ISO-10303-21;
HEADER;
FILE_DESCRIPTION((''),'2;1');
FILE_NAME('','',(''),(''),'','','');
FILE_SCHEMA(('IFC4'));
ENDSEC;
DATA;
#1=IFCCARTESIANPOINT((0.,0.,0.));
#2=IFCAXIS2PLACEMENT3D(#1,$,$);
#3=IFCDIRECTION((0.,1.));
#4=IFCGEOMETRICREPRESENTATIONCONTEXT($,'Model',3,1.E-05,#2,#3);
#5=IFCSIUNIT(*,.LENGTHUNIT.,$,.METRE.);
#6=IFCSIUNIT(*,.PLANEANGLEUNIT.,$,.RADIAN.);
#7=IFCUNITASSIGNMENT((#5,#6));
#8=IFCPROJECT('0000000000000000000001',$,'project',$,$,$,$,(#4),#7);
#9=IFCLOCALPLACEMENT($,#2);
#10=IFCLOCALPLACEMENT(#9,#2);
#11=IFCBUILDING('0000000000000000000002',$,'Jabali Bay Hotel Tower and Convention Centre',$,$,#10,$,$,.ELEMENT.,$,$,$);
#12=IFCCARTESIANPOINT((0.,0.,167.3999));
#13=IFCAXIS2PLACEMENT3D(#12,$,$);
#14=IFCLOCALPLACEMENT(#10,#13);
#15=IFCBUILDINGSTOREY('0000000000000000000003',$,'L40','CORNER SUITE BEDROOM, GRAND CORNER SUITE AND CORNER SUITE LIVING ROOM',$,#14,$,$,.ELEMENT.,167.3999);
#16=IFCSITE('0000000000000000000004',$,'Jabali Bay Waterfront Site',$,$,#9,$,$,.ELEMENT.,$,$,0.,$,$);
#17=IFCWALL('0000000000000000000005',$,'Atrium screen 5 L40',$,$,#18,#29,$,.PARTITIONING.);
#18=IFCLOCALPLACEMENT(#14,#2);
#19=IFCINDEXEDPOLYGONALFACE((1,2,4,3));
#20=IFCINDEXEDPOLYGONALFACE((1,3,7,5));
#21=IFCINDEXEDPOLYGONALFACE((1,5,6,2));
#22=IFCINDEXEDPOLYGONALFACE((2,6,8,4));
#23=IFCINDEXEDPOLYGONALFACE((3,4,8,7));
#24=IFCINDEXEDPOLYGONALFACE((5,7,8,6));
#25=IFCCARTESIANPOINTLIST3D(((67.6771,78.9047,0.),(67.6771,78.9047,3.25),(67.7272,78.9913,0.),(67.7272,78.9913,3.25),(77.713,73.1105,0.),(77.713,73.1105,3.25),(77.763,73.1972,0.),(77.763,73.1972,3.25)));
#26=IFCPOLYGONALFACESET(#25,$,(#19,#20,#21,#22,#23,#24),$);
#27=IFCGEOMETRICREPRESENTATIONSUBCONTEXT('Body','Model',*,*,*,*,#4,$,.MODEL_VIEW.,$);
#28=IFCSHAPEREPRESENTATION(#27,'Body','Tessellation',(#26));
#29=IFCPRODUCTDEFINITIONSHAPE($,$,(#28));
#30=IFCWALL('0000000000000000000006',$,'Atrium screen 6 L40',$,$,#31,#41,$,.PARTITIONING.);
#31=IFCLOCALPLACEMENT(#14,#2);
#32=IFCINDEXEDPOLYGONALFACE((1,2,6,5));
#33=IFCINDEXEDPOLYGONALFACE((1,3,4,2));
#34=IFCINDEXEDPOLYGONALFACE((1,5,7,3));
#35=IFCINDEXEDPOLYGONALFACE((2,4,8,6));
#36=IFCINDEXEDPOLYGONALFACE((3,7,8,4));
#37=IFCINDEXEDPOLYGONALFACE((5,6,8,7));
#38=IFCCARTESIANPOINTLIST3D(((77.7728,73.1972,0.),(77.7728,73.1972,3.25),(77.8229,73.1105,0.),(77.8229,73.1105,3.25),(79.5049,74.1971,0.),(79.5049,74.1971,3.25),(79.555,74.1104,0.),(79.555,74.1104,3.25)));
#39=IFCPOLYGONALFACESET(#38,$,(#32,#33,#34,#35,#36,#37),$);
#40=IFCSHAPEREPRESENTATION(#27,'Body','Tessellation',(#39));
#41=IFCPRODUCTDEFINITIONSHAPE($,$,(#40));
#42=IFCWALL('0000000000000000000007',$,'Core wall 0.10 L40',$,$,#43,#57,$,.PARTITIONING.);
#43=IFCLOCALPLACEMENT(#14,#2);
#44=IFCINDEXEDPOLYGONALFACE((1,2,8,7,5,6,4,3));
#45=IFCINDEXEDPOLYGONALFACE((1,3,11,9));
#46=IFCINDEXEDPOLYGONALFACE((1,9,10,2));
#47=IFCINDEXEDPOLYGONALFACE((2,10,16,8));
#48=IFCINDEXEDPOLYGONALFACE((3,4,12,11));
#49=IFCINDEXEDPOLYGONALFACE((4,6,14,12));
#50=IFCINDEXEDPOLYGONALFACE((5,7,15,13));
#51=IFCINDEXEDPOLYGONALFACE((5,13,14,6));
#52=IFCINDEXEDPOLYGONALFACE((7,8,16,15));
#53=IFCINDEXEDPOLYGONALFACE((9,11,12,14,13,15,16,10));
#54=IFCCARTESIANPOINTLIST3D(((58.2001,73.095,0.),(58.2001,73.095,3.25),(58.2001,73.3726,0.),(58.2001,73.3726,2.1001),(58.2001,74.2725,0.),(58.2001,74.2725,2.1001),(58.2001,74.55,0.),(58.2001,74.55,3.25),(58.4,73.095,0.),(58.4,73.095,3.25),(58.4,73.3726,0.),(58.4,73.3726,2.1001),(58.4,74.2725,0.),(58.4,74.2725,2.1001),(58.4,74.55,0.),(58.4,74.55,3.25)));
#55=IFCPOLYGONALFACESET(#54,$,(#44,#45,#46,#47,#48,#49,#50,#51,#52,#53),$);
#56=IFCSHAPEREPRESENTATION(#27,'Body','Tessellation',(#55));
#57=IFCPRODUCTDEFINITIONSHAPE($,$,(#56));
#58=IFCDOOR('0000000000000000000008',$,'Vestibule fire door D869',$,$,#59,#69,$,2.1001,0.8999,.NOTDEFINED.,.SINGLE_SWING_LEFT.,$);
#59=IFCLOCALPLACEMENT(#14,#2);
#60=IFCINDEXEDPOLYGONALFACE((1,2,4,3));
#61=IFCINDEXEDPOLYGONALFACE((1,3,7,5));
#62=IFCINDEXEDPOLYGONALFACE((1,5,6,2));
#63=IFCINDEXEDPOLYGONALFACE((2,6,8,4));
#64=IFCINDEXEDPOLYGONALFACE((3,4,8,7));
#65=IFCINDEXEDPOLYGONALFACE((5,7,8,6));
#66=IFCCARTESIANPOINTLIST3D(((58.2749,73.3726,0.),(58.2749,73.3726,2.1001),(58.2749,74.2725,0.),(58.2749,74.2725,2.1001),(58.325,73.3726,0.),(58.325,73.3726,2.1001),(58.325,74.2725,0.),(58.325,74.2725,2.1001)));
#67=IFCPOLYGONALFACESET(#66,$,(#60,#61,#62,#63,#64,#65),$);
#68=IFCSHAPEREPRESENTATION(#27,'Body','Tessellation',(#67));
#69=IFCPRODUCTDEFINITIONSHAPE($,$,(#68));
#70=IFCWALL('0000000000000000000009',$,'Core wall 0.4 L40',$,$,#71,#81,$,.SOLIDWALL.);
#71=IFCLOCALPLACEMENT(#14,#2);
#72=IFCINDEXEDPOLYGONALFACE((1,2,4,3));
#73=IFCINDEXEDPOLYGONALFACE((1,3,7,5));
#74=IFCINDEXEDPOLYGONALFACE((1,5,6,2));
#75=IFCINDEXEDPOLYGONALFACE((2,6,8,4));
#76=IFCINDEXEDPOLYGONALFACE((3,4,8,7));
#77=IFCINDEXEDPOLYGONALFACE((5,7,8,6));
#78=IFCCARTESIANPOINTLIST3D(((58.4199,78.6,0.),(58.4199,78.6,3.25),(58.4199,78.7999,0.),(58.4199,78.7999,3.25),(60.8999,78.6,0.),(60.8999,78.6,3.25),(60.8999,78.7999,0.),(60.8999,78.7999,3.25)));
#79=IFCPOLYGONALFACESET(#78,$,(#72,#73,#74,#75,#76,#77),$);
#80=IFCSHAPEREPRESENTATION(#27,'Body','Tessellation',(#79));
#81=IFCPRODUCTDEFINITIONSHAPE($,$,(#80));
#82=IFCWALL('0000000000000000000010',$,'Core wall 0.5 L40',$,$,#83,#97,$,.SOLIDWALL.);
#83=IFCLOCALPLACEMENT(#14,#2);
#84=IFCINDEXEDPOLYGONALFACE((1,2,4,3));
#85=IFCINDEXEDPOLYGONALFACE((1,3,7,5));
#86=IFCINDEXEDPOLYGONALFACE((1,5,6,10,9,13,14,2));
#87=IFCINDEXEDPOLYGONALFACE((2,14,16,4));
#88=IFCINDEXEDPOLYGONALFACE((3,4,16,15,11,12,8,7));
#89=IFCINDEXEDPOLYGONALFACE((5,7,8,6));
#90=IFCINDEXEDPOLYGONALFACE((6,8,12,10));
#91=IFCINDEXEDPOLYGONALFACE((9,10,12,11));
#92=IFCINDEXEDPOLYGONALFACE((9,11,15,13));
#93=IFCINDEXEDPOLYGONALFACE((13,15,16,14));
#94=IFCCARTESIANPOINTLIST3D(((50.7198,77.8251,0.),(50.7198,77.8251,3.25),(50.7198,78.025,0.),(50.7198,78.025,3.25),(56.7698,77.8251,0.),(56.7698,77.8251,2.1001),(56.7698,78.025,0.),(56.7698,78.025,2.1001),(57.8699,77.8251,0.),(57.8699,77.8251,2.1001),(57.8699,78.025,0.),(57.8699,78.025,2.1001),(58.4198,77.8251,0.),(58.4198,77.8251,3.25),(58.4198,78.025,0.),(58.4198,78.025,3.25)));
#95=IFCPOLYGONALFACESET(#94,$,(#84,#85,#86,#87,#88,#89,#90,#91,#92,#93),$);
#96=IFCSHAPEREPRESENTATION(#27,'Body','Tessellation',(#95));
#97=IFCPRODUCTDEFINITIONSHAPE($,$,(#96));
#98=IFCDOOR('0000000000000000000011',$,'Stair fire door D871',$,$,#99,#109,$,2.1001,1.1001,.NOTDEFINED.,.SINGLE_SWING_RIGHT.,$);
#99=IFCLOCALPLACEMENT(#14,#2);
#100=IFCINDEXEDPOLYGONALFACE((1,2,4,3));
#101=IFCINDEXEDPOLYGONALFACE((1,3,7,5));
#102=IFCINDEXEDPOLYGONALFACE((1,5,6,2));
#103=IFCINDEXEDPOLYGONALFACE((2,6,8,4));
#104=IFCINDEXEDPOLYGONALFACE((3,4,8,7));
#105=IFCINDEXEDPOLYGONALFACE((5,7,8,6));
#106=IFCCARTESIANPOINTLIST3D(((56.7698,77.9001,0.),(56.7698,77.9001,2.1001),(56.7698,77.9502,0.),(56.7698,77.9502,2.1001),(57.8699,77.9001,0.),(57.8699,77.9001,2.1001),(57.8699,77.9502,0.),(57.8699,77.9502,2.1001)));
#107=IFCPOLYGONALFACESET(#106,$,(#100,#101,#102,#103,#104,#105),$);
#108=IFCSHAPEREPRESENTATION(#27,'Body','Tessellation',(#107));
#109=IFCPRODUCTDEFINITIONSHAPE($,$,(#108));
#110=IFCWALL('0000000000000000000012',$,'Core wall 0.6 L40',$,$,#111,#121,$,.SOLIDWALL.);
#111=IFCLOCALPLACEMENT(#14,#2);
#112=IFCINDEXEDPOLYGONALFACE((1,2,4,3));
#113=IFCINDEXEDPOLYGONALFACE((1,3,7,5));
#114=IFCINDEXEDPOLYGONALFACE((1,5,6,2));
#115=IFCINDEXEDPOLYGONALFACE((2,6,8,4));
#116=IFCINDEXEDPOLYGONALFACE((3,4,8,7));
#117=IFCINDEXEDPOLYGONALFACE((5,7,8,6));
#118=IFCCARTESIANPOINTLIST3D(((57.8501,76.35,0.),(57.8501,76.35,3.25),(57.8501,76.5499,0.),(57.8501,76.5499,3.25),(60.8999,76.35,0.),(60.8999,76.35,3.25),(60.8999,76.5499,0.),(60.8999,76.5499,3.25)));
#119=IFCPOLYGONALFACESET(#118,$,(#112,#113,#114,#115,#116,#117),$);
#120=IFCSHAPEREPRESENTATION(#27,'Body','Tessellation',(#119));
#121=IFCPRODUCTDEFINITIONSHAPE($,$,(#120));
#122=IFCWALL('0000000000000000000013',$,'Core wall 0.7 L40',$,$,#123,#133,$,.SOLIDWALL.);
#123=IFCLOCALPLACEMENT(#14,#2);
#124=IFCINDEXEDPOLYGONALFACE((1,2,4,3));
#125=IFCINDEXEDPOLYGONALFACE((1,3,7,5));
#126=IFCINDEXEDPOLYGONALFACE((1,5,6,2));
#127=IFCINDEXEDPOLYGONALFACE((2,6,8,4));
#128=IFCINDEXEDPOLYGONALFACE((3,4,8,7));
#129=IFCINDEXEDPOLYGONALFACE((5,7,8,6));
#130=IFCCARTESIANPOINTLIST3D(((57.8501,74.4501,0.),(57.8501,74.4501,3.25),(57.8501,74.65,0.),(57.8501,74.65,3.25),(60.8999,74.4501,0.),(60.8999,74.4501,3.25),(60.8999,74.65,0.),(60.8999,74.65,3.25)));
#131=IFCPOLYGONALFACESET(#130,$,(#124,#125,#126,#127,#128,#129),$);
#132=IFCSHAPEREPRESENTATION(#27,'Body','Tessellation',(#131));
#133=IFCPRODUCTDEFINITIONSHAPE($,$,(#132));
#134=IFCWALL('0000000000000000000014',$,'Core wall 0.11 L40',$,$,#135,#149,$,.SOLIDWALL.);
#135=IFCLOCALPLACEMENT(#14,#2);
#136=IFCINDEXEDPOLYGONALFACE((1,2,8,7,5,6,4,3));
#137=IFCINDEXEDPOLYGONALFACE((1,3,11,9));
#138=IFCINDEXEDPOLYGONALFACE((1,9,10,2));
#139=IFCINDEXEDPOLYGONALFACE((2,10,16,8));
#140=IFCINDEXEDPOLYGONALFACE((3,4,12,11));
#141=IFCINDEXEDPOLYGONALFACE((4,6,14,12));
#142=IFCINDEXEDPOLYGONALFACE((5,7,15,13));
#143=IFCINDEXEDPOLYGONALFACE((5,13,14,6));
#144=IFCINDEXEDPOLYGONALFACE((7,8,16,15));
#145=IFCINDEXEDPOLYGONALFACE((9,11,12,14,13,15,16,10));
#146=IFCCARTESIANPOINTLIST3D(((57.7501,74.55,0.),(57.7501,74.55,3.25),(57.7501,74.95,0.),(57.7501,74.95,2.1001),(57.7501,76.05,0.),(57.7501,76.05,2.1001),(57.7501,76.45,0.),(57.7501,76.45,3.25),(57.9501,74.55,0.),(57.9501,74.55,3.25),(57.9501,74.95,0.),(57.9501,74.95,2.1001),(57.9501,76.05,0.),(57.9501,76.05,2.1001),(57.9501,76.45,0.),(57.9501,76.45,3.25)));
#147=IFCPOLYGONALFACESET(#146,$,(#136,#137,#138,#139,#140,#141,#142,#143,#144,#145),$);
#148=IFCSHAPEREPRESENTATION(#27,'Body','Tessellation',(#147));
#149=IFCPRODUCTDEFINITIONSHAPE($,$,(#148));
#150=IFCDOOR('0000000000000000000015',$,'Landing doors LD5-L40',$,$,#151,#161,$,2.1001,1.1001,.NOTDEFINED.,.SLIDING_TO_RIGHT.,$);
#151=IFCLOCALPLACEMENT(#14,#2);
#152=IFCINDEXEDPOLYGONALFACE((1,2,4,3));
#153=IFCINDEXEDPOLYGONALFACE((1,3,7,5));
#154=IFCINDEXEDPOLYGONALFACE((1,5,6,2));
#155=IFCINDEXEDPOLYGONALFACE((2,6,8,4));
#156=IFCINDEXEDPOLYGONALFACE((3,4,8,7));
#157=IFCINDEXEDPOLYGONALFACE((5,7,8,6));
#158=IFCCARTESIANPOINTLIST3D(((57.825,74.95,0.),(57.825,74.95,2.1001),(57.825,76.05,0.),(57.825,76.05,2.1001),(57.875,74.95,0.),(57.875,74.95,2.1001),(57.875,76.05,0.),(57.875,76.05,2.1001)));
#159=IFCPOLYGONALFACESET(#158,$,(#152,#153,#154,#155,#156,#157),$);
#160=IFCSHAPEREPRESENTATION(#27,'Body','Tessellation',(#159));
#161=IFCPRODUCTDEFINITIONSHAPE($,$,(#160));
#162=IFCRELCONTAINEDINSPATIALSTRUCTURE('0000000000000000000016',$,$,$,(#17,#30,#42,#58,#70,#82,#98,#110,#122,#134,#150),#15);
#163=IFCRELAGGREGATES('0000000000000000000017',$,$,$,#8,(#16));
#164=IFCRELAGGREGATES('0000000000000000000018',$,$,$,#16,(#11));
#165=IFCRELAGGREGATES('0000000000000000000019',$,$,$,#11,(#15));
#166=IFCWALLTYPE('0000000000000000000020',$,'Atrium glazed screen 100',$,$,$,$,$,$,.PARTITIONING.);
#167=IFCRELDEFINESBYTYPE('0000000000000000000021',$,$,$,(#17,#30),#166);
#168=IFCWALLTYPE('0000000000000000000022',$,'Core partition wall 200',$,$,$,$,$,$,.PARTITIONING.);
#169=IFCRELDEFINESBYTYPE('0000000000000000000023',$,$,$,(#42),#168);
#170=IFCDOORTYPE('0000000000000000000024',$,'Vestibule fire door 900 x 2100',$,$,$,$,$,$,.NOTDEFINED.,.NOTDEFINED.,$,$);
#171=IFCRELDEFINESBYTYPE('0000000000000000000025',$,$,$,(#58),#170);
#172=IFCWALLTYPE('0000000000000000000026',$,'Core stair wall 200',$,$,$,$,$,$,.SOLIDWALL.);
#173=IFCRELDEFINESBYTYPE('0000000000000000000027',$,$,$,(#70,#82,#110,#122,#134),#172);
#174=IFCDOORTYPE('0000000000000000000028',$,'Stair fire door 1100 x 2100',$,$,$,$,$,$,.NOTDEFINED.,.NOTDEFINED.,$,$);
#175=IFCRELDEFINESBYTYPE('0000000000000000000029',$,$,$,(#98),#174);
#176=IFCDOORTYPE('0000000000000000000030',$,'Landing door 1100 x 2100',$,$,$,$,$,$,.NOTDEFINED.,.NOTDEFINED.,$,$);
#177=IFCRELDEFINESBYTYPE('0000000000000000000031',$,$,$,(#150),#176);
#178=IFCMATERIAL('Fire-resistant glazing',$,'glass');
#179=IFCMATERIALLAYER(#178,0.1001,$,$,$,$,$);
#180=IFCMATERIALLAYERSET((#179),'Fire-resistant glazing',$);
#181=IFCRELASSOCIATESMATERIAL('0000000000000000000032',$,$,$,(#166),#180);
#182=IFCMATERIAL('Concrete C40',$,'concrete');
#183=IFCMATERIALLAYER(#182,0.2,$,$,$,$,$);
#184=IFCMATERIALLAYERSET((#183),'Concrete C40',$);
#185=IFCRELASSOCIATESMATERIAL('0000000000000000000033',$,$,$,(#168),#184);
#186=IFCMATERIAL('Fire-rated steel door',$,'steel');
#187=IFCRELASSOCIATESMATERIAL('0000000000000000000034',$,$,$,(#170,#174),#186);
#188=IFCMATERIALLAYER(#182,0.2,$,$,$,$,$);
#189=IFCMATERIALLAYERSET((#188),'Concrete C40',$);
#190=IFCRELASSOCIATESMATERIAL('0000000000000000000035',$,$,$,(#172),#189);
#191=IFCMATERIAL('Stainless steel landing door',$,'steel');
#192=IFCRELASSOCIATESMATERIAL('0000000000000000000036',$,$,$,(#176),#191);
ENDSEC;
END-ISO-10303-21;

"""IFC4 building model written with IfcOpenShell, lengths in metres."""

from ifc_helpers import new_model, si_unit, direction, frame, frame_2d, origin, place, context, subcontext, project, spatial, rectangle, extrude, material, layer, layer_set, type_object, element, fill, save


model = new_model("IFC4")

# Units and contexts
model_context = context("Model", 3, precision=1e-05, world=origin(), true_north=direction((0.0, 1.0)))
body_context = subcontext(model_context, "Body", "Model", "MODEL_VIEW")
ifc_project = project(units=[si_unit("LENGTHUNIT", "METRE"), si_unit("PLANEANGLEUNIT", "RADIAN")], contexts=[model_context])

# Site, building, storey
site_placement = place(None, origin())
site = spatial("IfcSite", under=ifc_project, at=site_placement, Name="Jabali Bay Waterfront Site", CompositionType="ELEMENT", RefElevation=0.0)
building_placement = place(site_placement, origin())
building = spatial("IfcBuilding", under=site, at=building_placement, Name="Jabali Bay Hotel Tower and Convention Centre", CompositionType="ELEMENT")
storey_placement = place(building_placement, frame((0.0, 0.0, 167.3999)))
storey = spatial("IfcBuildingStorey", under=building, at=storey_placement, Name="L40", Description="CORNER SUITE BEDROOM, GRAND CORNER SUITE AND CORNER SUITE LIVING ROOM", CompositionType="ELEMENT", Elevation=167.3999)

# Walls
ifc_material_1 = material(Name="Fire-resistant glazing", Category="glass")
ifc_layer_1 = layer(ifc_material_1, 0.1001)
ifc_layer_set_1 = layer_set([ifc_layer_1], Name="Fire-resistant glazing")
wall_type_1 = type_object("IfcWallType", Name="Atrium glazed screen 100", PredefinedType="PARTITIONING", material=ifc_layer_set_1)
wall_1_placement = place(storey_placement, frame((67.7021, 78.948, 0.0), z_axis=(0.0, 0.0, 1.0), x_axis=(0.866027, -0.499998, 0.0)))
element("IfcWall", 1, at=wall_1_placement, inside=storey, type_object=wall_type_1, Name="Atrium screen 5 L40", PredefinedType="PARTITIONING", context=body_context, shape_type="SweptSolid", body=[
    extrude(rectangle(XDim=11.5884, YDim=0.1001, at=frame_2d((5.7942, 0.0))), origin(), (0.0, 0.0, 1.0), 3.25),
])
wall_2_placement = place(storey_placement, frame((77.7979, 73.1538, 0.0), z_axis=(0.0, 0.0, 1.0), x_axis=(0.866041, 0.499973, 0.0)))
element("IfcWall", 2, at=wall_2_placement, inside=storey, type_object=wall_type_1, Name="Atrium screen 6 L40", PredefinedType="PARTITIONING", context=body_context, shape_type="SweptSolid", body=[
    extrude(rectangle(XDim=2.0, YDim=0.1001, at=frame_2d((1.0, 0.0))), origin(), (0.0, 0.0, 1.0), 3.25),
])

# Wall, opening, door
ifc_material_2 = material(Name="Concrete C40", Category="concrete")
ifc_layer_2 = layer(ifc_material_2, 0.2)
ifc_layer_set_2 = layer_set([ifc_layer_2], Name="Concrete C40")
wall_type_2 = type_object("IfcWallType", Name="Core partition wall 200", PredefinedType="PARTITIONING", material=ifc_layer_set_2)
wall_3_placement = place(storey_placement, frame((58.3, 74.55, 0.0), z_axis=(0.0, 0.0, 1.0), x_axis=(0.0, -1.0, 0.0)))
wall_3 = element("IfcWall", 3, at=wall_3_placement, inside=storey, type_object=wall_type_2, Name="Core wall 0.10 L40", PredefinedType="PARTITIONING", context=body_context, shape_type="SweptSolid", body=[
    extrude(rectangle(XDim=1.4551, YDim=0.2, at=frame_2d((0.7275, 0.0))), origin(), (0.0, 0.0, 1.0), 3.25),
])
opening_1_placement = place(wall_3_placement, frame((0.2776, 0.0, 0.0)))
opening_1 = element("IfcOpeningElement", 4, at=opening_1_placement, cuts=wall_3, PredefinedType="OPENING", context=body_context, shape_type="SweptSolid", body=[
    extrude(rectangle(XDim=0.8999, YDim=2.1001, at=frame_2d((0.45, 1.05))), frame((0.0, 0.1104, 0.0), z_axis=(0.0, -1.0, 0.0), x_axis=(1.0, 0.0, 0.0)), (0.0, 0.0, 1.0), 0.2209),
])
ifc_material_3 = material(Name="Fire-rated steel door", Category="steel")
door_type_1 = type_object("IfcDoorType", Name="Vestibule fire door 900 x 2100", OperationType="NOTDEFINED", PredefinedType="NOTDEFINED", material=ifc_material_3)
door_1_placement = place(opening_1_placement, origin())
door_1 = element("IfcDoor", 5, at=door_1_placement, inside=storey, type_object=door_type_1, Name="Vestibule fire door D869", OperationType="SINGLE_SWING_LEFT", OverallHeight=2.1001, OverallWidth=0.8999, PredefinedType="NOTDEFINED", context=body_context, shape_type="SweptSolid", body=[
    extrude(rectangle(XDim=0.8999, YDim=2.1001, at=frame_2d((0.45, 1.05))), frame((0.0, 0.0249, 0.0), z_axis=(0.0, -1.0, 0.0), x_axis=(1.0, 0.0, 0.0)), (0.0, 0.0, 1.0), 0.05),
])
fill(opening_1, door_1)

# Wall
ifc_layer_3 = layer(ifc_material_2, 0.2)
ifc_layer_set_3 = layer_set([ifc_layer_3], Name="Concrete C40")
wall_type_3 = type_object("IfcWallType", Name="Core stair wall 200", PredefinedType="SOLIDWALL", material=ifc_layer_set_3)
wall_4_placement = place(storey_placement, frame((60.8999, 78.7, 0.0), z_axis=(0.0, 0.0, 1.0), x_axis=(-1.0, 0.0, 0.0)))
element("IfcWall", 6, at=wall_4_placement, inside=storey, type_object=wall_type_3, Name="Core wall 0.4 L40", PredefinedType="SOLIDWALL", context=body_context, shape_type="SweptSolid", body=[
    extrude(rectangle(XDim=2.48, YDim=0.2, at=frame_2d((1.24, 0.0))), origin(), (0.0, 0.0, 1.0), 3.25),
])

# Wall, opening, door
wall_5_placement = place(storey_placement, frame((58.4199, 77.925, 0.0), z_axis=(0.0, 0.0, 1.0), x_axis=(-1.0, 0.0, 0.0)))
wall_5 = element("IfcWall", 7, at=wall_5_placement, inside=storey, type_object=wall_type_3, Name="Core wall 0.5 L40", PredefinedType="SOLIDWALL", context=body_context, shape_type="SweptSolid", body=[
    extrude(rectangle(XDim=7.7, YDim=0.2, at=frame_2d((3.8501, 0.0))), origin(), (0.0, 0.0, 1.0), 3.25),
])
opening_2_placement = place(wall_5_placement, frame((0.55, 0.0, 0.0)))
opening_2 = element("IfcOpeningElement", 8, at=opening_2_placement, cuts=wall_5, PredefinedType="OPENING", context=body_context, shape_type="SweptSolid", body=[
    extrude(rectangle(XDim=1.1001, YDim=2.1001, at=frame_2d((0.55, 1.05))), frame((0.0, 0.1104, 0.0), z_axis=(0.0, -1.0, 0.0), x_axis=(1.0, 0.0, 0.0)), (0.0, 0.0, 1.0), 0.2209),
])
door_type_2 = type_object("IfcDoorType", Name="Stair fire door 1100 x 2100", OperationType="NOTDEFINED", PredefinedType="NOTDEFINED", material=ifc_material_3)
door_2_placement = place(opening_2_placement, origin())
door_2 = element("IfcDoor", 9, at=door_2_placement, inside=storey, type_object=door_type_2, Name="Stair fire door D871", OperationType="SINGLE_SWING_RIGHT", OverallHeight=2.1001, OverallWidth=1.1001, PredefinedType="NOTDEFINED", context=body_context, shape_type="SweptSolid", body=[
    extrude(rectangle(XDim=1.1001, YDim=2.1001, at=frame_2d((0.55, 1.05))), frame((0.0, 0.0249, 0.0), z_axis=(0.0, -1.0, 0.0), x_axis=(1.0, 0.0, 0.0)), (0.0, 0.0, 1.0), 0.05),
])
fill(opening_2, door_2)

# Walls
for number, where, z_axis, x_axis, name in (
    (10, (60.8999, 76.45, 0.0), (0.0, 0.0, 1.0), (-1.0, 0.0, 0.0), "Core wall 0.6 L40"),
    (11, (60.8999, 74.55, 0.0), (0.0, 0.0, 1.0), (-1.0, 0.0, 0.0), "Core wall 0.7 L40"),
):
    element("IfcWall", number, at=place(storey_placement, frame(where, z_axis=z_axis, x_axis=x_axis)), inside=storey, type_object=wall_type_3, Name=name, PredefinedType="SOLIDWALL", context=body_context, shape_type="SweptSolid", body=[
        extrude(rectangle(XDim=3.0498, YDim=0.2, at=frame_2d((1.5249, 0.0))), origin(), (0.0, 0.0, 1.0), 3.25),
    ])

# Wall, opening, door
wall_6_placement = place(storey_placement, frame((57.8501, 76.45, 0.0), z_axis=(0.0, 0.0, 1.0), x_axis=(0.0, -1.0, 0.0)))
wall_6 = element("IfcWall", 12, at=wall_6_placement, inside=storey, type_object=wall_type_3, Name="Core wall 0.11 L40", PredefinedType="SOLIDWALL", context=body_context, shape_type="SweptSolid", body=[
    extrude(rectangle(XDim=1.8999, YDim=0.2, at=frame_2d((0.95, 0.0))), origin(), (0.0, 0.0, 1.0), 3.25),
])
opening_3_placement = place(wall_6_placement, frame((0.3999, 0.0, 0.0)))
opening_3 = element("IfcOpeningElement", 13, at=opening_3_placement, cuts=wall_6, PredefinedType="OPENING", context=body_context, shape_type="SweptSolid", body=[
    extrude(rectangle(XDim=1.1001, YDim=2.1001, at=frame_2d((0.55, 1.05))), frame((0.0, 0.1104, 0.0), z_axis=(0.0, -1.0, 0.0), x_axis=(1.0, 0.0, 0.0)), (0.0, 0.0, 1.0), 0.2209),
])
ifc_material_4 = material(Name="Stainless steel landing door", Category="steel")
door_type_3 = type_object("IfcDoorType", Name="Landing door 1100 x 2100", OperationType="NOTDEFINED", PredefinedType="NOTDEFINED", material=ifc_material_4)
door_3_placement = place(opening_3_placement, origin())
door_3 = element("IfcDoor", 14, at=door_3_placement, inside=storey, type_object=door_type_3, Name="Landing doors LD5-L40", OperationType="SLIDING_TO_RIGHT", OverallHeight=2.1001, OverallWidth=1.1001, PredefinedType="NOTDEFINED", context=body_context, shape_type="SweptSolid", body=[
    extrude(rectangle(XDim=1.1001, YDim=2.1001, at=frame_2d((0.55, 1.05))), frame((0.0, 0.0249, 0.0), z_axis=(0.0, -1.0, 0.0), x_axis=(1.0, 0.0, 0.0)), (0.0, 0.0, 1.0), 0.05),
])
fill(opening_3, door_3)

save(model, "model.ifc")
